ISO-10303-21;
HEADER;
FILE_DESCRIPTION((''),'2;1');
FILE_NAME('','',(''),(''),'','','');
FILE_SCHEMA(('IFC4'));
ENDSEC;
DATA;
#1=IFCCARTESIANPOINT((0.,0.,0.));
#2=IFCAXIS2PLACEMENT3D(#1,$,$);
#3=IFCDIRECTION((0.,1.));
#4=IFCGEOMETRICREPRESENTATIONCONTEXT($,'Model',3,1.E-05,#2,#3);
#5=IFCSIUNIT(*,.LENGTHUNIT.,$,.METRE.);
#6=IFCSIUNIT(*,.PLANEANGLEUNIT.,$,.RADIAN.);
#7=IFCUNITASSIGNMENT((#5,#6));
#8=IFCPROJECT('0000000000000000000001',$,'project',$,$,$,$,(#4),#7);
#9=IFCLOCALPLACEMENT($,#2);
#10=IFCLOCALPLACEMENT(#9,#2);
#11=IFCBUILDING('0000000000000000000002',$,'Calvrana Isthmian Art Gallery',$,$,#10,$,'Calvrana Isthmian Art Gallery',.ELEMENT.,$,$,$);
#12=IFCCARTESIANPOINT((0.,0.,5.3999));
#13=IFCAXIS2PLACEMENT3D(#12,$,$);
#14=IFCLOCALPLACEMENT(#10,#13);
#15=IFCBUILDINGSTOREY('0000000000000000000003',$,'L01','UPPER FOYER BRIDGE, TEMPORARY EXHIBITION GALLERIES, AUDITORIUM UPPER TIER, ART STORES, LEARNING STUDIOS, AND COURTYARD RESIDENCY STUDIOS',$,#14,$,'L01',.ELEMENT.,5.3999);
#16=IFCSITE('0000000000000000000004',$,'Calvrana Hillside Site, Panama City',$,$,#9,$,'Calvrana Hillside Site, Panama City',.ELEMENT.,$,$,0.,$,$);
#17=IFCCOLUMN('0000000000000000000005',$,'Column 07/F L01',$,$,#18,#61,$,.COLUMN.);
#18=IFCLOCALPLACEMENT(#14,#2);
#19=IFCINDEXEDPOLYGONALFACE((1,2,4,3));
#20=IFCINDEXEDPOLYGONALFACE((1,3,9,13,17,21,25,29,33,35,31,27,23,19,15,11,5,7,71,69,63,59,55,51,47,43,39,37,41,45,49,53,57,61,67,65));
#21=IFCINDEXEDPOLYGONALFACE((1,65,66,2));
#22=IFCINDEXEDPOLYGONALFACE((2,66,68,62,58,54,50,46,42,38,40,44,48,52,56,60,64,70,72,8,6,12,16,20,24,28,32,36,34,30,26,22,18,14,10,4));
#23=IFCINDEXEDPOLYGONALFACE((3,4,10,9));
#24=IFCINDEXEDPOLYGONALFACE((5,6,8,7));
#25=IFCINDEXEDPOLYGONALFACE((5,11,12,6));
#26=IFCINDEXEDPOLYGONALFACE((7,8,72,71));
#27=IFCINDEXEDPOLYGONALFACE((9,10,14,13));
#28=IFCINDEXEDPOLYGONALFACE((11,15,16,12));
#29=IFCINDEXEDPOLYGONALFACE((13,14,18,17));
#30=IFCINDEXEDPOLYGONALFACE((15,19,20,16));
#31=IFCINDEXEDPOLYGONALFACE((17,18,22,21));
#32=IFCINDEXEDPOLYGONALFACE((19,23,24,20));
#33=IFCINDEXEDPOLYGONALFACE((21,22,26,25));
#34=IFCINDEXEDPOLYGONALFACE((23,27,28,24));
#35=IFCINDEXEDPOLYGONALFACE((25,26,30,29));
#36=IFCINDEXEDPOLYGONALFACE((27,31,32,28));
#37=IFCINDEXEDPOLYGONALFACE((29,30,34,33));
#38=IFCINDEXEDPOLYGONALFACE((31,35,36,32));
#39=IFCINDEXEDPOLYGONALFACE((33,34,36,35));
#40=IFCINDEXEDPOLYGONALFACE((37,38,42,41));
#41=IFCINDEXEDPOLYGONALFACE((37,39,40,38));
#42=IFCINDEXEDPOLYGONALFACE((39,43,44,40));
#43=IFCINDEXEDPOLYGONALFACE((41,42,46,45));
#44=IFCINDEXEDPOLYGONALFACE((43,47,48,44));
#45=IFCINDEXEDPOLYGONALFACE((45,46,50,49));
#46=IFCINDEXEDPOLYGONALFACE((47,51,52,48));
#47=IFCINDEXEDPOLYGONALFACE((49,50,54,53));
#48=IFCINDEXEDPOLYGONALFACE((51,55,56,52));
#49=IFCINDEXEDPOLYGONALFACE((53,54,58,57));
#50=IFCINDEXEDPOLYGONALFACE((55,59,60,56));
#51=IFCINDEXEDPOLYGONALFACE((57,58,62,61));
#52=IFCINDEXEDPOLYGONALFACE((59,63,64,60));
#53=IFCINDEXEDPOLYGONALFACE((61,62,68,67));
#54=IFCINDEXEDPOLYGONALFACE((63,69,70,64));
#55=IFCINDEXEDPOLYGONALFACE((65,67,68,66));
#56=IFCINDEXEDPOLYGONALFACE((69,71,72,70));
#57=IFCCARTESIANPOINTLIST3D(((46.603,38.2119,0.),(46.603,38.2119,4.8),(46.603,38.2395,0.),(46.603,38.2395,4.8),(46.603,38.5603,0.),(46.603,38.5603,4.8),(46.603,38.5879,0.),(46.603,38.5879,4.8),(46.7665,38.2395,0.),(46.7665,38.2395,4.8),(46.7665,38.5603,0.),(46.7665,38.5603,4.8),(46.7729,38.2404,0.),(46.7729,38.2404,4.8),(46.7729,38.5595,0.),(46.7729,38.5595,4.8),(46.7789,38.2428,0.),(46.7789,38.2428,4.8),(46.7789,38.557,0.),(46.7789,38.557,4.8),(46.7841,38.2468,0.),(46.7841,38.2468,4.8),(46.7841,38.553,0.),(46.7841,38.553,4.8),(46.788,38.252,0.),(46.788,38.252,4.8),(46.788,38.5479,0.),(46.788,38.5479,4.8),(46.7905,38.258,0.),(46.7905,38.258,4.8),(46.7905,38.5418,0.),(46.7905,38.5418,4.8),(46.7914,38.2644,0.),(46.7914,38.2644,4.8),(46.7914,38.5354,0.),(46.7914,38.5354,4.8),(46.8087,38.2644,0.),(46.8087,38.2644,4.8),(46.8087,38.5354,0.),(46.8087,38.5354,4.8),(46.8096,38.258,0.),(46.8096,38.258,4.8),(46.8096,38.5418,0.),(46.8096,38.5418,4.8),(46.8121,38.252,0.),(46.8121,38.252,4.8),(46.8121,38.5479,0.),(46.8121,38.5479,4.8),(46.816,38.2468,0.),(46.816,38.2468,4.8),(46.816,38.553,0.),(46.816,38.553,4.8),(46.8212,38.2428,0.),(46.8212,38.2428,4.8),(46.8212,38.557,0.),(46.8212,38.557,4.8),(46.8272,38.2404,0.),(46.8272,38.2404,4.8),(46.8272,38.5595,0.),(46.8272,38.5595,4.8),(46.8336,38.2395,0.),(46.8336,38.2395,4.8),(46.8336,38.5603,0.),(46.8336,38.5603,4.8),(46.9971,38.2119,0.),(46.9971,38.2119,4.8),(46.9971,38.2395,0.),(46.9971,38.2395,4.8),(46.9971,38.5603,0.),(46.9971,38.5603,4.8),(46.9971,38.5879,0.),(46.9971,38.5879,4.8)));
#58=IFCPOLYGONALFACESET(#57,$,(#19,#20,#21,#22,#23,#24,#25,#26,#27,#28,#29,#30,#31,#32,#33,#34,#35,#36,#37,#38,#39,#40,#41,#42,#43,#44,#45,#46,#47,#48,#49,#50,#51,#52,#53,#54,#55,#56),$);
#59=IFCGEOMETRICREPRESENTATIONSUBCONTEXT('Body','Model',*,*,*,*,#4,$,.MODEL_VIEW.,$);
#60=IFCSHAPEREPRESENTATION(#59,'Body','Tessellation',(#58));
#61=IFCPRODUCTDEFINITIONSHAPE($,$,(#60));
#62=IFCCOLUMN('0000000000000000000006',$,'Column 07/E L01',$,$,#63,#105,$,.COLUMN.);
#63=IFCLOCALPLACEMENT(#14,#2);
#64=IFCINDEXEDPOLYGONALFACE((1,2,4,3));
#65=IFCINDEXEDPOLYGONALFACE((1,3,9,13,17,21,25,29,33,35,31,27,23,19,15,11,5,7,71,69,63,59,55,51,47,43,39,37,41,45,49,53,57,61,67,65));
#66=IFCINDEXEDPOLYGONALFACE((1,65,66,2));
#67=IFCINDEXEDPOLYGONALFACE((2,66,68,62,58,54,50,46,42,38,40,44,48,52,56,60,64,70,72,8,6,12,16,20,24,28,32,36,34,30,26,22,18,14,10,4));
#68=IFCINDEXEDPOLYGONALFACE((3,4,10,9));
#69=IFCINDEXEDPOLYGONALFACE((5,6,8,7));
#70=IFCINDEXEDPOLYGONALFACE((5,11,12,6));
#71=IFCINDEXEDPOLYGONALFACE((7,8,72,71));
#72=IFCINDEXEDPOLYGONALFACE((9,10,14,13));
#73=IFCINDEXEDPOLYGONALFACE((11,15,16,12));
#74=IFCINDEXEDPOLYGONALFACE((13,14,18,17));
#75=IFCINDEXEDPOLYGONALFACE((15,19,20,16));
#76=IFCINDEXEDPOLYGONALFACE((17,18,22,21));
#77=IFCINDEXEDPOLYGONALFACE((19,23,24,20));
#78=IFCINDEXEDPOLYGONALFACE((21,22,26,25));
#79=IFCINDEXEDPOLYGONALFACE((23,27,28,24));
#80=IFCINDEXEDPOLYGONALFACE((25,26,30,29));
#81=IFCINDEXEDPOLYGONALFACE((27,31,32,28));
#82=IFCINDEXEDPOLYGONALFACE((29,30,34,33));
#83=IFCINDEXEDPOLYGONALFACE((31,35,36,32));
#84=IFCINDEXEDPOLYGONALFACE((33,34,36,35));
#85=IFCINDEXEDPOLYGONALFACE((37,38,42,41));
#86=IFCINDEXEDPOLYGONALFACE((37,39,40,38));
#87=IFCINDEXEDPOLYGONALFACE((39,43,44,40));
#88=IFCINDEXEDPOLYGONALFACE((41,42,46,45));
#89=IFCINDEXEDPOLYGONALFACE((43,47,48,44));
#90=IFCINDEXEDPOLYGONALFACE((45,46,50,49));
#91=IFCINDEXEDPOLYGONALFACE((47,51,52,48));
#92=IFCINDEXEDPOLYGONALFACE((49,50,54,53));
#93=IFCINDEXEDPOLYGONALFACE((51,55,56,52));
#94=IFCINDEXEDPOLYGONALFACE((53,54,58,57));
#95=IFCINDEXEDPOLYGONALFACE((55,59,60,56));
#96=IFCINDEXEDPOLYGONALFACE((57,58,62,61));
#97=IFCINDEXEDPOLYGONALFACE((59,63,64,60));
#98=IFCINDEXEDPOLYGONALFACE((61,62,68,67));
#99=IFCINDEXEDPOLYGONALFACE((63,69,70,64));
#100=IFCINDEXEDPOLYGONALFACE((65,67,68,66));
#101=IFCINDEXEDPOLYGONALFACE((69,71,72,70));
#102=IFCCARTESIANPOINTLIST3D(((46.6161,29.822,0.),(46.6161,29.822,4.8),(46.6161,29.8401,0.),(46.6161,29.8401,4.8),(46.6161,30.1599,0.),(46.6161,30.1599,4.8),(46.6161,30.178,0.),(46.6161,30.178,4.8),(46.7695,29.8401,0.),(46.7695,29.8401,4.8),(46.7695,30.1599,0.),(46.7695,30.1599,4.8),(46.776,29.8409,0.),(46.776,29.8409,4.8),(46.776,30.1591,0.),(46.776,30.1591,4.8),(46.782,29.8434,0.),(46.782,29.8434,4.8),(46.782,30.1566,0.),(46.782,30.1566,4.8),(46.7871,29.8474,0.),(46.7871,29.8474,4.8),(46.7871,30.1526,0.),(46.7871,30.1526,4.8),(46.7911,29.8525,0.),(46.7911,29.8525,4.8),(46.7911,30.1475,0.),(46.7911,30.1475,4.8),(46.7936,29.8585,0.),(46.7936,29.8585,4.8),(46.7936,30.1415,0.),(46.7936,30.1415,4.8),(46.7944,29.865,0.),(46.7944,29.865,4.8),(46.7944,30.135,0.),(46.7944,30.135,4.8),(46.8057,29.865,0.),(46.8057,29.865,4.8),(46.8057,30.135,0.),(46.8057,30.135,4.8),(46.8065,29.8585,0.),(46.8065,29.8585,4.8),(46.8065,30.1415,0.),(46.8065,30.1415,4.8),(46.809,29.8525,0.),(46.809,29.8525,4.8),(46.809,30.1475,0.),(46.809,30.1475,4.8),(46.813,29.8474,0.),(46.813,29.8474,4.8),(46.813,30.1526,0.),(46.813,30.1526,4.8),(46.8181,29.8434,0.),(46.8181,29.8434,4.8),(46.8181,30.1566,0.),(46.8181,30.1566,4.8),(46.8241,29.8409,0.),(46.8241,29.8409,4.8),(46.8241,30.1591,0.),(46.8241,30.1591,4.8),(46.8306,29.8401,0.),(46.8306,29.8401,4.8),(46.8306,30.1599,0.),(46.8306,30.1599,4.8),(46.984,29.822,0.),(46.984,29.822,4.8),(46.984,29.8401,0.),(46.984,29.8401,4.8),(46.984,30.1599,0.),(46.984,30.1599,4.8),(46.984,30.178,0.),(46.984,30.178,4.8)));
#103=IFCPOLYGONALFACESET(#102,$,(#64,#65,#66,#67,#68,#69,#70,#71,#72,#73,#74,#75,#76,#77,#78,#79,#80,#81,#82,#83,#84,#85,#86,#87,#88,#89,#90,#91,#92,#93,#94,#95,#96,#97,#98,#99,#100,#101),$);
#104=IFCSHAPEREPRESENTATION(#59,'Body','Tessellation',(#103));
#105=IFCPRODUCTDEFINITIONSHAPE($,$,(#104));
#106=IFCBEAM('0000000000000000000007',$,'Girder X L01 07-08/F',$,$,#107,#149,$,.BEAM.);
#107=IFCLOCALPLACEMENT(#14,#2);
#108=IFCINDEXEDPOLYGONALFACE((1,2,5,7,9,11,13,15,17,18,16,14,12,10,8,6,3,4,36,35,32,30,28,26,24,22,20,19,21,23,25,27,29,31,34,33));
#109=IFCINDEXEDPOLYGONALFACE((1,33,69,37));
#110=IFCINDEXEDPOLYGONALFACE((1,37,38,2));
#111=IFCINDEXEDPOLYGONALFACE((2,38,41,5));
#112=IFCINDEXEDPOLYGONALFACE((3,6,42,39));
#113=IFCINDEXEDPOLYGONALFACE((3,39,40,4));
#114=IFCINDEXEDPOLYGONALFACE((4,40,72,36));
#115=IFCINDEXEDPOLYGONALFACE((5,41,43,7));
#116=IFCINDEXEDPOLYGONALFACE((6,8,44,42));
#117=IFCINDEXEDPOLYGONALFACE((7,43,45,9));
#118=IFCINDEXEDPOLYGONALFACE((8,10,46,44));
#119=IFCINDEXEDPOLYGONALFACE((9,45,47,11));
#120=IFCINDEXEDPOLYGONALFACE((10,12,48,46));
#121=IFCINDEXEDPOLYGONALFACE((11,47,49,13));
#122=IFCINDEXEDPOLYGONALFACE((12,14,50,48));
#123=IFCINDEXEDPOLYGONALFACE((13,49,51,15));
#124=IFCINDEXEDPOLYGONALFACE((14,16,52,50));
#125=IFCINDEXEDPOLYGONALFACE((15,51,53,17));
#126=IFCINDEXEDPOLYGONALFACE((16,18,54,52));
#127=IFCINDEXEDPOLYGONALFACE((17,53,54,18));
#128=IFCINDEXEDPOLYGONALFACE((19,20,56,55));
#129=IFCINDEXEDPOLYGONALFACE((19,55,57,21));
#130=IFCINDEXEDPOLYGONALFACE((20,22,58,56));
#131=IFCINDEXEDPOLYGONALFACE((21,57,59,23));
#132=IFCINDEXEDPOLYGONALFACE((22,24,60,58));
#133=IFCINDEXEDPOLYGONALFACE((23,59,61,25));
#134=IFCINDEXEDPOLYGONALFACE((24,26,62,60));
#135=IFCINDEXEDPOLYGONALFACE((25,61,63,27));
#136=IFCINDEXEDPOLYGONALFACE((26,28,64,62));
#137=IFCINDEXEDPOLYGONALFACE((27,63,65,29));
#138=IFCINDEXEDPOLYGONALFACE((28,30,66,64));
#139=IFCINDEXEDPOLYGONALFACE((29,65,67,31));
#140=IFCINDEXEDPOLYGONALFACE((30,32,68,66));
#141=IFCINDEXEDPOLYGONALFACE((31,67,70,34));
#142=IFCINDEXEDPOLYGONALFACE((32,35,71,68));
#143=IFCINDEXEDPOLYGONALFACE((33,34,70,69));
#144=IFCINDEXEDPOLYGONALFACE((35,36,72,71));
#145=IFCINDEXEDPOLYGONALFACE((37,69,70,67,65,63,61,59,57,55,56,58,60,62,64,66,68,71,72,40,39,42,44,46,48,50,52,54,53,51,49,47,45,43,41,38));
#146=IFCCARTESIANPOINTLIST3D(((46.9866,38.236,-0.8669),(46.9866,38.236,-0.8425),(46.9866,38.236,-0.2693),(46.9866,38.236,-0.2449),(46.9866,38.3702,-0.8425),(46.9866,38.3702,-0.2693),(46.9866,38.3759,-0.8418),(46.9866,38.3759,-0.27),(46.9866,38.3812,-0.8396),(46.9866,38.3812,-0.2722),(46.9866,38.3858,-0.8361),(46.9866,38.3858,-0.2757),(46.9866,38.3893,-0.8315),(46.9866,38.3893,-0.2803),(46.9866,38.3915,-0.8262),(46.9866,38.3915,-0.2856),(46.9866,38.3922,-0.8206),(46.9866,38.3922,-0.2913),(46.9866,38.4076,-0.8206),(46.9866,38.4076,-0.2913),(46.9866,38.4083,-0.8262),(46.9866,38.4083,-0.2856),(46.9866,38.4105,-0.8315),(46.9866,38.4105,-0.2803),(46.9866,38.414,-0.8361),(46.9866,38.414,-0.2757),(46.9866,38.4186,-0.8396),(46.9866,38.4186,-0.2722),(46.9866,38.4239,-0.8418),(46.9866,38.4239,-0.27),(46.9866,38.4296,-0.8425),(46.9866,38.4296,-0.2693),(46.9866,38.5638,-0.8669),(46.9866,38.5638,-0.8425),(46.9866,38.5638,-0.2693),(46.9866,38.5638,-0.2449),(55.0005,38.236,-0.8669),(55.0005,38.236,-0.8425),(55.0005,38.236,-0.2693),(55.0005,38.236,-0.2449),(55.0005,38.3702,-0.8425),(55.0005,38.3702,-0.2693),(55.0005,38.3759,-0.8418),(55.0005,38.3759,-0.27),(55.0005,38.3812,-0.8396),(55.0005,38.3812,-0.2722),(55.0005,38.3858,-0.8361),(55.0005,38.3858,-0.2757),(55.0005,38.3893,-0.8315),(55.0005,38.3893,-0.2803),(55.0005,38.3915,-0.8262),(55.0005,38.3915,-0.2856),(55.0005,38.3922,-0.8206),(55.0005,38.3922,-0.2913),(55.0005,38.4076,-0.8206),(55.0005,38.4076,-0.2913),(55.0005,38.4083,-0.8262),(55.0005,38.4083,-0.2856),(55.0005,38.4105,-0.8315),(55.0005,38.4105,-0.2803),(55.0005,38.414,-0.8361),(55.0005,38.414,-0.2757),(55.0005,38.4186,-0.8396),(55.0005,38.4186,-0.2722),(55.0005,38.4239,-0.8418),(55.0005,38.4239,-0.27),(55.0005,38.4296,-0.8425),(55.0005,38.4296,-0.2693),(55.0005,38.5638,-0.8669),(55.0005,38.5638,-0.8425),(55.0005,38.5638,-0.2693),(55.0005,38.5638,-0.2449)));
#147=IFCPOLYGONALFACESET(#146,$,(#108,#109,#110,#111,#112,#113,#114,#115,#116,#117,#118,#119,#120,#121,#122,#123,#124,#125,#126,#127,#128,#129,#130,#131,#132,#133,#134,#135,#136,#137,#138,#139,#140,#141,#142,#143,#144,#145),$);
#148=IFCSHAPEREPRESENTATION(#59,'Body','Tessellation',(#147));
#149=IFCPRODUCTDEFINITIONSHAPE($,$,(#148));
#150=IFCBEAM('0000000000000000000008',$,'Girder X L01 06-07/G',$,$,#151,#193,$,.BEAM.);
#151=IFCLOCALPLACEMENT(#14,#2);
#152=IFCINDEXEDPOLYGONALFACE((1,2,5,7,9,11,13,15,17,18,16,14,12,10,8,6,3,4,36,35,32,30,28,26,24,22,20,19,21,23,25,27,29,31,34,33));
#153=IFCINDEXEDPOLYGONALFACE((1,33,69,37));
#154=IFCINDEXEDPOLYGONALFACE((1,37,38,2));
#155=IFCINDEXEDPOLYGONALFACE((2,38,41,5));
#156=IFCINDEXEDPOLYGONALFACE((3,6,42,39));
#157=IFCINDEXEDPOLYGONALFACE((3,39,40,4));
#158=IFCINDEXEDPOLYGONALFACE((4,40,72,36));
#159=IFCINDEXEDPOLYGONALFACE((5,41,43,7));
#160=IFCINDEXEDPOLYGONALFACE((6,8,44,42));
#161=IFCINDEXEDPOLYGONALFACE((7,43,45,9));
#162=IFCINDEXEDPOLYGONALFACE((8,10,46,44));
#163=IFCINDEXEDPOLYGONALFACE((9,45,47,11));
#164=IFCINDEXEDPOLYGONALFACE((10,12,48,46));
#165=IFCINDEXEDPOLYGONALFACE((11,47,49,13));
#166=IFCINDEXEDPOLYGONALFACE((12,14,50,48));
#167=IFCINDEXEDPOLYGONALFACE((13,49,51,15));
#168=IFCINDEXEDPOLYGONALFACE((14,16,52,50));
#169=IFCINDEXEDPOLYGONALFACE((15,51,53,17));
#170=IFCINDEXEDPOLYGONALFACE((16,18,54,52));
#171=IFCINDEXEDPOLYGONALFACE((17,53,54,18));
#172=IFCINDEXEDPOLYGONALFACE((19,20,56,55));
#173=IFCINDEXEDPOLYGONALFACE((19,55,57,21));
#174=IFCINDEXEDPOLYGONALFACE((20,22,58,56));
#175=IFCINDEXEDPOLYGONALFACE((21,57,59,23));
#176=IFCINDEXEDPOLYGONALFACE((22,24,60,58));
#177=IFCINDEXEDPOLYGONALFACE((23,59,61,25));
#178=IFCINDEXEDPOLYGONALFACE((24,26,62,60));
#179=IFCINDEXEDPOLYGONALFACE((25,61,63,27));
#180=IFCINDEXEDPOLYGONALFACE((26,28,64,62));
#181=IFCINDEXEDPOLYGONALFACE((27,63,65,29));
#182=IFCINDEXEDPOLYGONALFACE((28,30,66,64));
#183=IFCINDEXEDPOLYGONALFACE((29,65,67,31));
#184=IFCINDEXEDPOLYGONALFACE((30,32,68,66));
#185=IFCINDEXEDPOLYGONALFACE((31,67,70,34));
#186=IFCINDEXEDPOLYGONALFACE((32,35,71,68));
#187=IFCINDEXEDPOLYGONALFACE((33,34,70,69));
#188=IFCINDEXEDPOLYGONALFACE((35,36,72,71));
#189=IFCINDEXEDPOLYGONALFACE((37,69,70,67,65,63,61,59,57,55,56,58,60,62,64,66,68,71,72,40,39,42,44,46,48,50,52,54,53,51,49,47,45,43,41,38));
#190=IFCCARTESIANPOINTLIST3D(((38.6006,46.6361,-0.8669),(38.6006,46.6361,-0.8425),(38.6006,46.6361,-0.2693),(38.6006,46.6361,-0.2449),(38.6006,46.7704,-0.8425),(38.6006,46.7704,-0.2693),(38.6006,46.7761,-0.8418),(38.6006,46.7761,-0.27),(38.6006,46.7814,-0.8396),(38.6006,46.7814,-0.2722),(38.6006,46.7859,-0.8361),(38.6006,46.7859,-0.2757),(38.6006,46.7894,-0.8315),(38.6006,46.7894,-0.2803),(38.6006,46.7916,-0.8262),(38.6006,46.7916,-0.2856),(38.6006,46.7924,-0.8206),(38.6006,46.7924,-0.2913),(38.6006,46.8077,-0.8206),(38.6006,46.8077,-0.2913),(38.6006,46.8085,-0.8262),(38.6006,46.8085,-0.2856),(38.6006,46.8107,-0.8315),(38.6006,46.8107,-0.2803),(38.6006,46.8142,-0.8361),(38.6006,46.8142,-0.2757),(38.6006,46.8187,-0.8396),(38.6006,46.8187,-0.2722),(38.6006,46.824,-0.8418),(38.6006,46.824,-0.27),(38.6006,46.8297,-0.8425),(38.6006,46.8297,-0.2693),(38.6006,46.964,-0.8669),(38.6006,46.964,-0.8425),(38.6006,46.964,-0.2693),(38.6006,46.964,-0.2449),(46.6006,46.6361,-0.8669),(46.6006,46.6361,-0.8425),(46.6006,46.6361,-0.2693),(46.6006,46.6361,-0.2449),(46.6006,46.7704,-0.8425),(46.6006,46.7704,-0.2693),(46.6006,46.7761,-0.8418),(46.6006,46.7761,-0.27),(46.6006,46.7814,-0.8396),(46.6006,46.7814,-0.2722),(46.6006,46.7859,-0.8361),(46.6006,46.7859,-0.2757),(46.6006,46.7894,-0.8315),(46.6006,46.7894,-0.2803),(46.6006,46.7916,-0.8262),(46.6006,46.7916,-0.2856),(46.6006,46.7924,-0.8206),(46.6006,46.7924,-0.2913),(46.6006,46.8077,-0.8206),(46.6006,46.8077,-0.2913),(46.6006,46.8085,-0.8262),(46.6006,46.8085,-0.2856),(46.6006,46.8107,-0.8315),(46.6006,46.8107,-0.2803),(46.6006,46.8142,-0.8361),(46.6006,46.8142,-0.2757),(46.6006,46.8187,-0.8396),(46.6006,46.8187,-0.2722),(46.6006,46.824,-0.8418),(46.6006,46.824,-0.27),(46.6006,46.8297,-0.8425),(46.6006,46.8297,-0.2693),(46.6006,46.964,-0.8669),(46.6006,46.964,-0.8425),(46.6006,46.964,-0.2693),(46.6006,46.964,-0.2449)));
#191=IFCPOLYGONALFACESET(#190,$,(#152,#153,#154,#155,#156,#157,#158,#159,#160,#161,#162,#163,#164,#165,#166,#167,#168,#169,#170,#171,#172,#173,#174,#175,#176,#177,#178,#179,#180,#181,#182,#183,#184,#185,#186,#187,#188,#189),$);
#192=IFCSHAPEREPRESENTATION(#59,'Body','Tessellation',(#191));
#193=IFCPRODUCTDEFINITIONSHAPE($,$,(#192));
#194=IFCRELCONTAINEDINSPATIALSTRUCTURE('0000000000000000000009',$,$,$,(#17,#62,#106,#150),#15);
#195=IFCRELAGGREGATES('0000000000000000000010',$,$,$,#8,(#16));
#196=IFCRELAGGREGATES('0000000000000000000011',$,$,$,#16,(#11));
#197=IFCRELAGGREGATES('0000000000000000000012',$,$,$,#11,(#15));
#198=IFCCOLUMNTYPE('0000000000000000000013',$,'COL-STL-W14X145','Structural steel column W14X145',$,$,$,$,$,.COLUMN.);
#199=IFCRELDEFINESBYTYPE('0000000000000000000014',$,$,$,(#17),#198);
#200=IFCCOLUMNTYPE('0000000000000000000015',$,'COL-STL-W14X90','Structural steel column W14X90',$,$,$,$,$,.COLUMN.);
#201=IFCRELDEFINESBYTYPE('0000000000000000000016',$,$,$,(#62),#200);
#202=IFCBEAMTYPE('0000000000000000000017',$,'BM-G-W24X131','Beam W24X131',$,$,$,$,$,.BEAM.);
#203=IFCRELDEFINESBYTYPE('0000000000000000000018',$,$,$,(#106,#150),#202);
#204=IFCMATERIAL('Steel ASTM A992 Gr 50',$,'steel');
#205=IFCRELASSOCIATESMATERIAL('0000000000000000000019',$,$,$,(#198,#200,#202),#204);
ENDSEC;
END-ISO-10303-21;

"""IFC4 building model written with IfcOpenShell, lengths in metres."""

from ifc_helpers import new_model, si_unit, direction, frame, origin, origin_2d, place, context, subcontext, project, spatial, i_section, extrude, material, material_profile, profile_set, type_object, element, save


model = new_model("IFC4")

# Units and contexts
model_context = context("Model", 3, precision=1e-05, world=origin(), true_north=direction((0.0, 1.0)))
body_context = subcontext(model_context, "Body", "Model", "MODEL_VIEW")
ifc_project = project(units=[si_unit("LENGTHUNIT", "METRE"), si_unit("PLANEANGLEUNIT", "RADIAN")], contexts=[model_context])

# Site, building, storey
site_placement = place(None, origin())
site = spatial("IfcSite", under=ifc_project, at=site_placement, Name="Calvrana Hillside Site, Panama City", LongName="Calvrana Hillside Site, Panama City", CompositionType="ELEMENT", RefElevation=0.0)
building_placement = place(site_placement, origin())
building = spatial("IfcBuilding", under=site, at=building_placement, Name="Calvrana Isthmian Art Gallery", LongName="Calvrana Isthmian Art Gallery", CompositionType="ELEMENT")
storey_placement = place(building_placement, frame((0.0, 0.0, 5.3999)))
storey = spatial("IfcBuildingStorey", under=building, at=storey_placement, Name="L01", Description="UPPER FOYER BRIDGE, TEMPORARY EXHIBITION GALLERIES, AUDITORIUM UPPER TIER, ART STORES, LEARNING STUDIOS, AND COURTYARD RESIDENCY STUDIOS", LongName="L01", CompositionType="ELEMENT", Elevation=5.3999)

# Columns
ifc_material_1 = material(Name="Steel ASTM A992 Gr 50", Category="steel")
ifc_material_profile_1 = material_profile(ifc_material_1, i_section(OverallWidth=0.394, OverallDepth=0.376, WebThickness=0.0173, FlangeThickness=0.0276, FilletRadius=0.0249, at=origin_2d()), Name="W14X145")
ifc_profile_set_1 = profile_set([ifc_material_profile_1], Name="Steel ASTM A992 Gr 50")
column_type_1 = type_object("IfcColumnType", Name="COL-STL-W14X145", Description="Structural steel column W14X145", PredefinedType="COLUMN", material=ifc_profile_set_1)
column_1_placement = place(storey_placement, frame((46.8, 38.3999, 0.0), z_axis=(0.0, 0.0, 1.0), x_axis=(1.0, 0.0, 0.0)))
element("IfcColumn", 1, at=column_1_placement, inside=storey, type_object=column_type_1, Name="Column 07/F L01", PredefinedType="COLUMN", context=body_context, shape_type="SweptSolid", body=[
    extrude(i_section(OverallWidth=0.394, OverallDepth=0.376, WebThickness=0.0173, FlangeThickness=0.0276, FilletRadius=0.0249, at=origin_2d()), origin(), (0.0, 0.0, 1.0), 4.8),
])
ifc_material_profile_2 = material_profile(ifc_material_1, i_section(OverallWidth=0.3679, OverallDepth=0.356, WebThickness=0.0112, FlangeThickness=0.0181, FilletRadius=0.0249, at=origin_2d()), Name="W14X90")
ifc_profile_set_2 = profile_set([ifc_material_profile_2], Name="Steel ASTM A992 Gr 50")
column_type_2 = type_object("IfcColumnType", Name="COL-STL-W14X90", Description="Structural steel column W14X90", PredefinedType="COLUMN", material=ifc_profile_set_2)
column_2_placement = place(storey_placement, frame((46.8, 30.0, 0.0), z_axis=(0.0, 0.0, 1.0), x_axis=(1.0, 0.0, 0.0)))
element("IfcColumn", 2, at=column_2_placement, inside=storey, type_object=column_type_2, Name="Column 07/E L01", PredefinedType="COLUMN", context=body_context, shape_type="SweptSolid", body=[
    extrude(i_section(OverallWidth=0.3679, OverallDepth=0.356, WebThickness=0.0112, FlangeThickness=0.0181, FilletRadius=0.0249, at=origin_2d()), origin(), (0.0, 0.0, 1.0), 4.8),
])

# Beams
ifc_material_profile_3 = material_profile(ifc_material_1, i_section(OverallWidth=0.3279, OverallDepth=0.6221, WebThickness=0.0154, FlangeThickness=0.0244, FilletRadius=0.022, at=origin_2d()), Name="W24X131")
ifc_profile_set_3 = profile_set([ifc_material_profile_3], Name="Steel ASTM A992 Gr 50")
beam_type_1 = type_object("IfcBeamType", Name="BM-G-W24X131", Description="Beam W24X131", PredefinedType="BEAM", material=ifc_profile_set_3)
beam_1_placement = place(storey_placement, frame((46.9866, 38.3999, -0.5559), z_axis=(1.0, 0.0, 0.0), x_axis=(0.0, 1.0, 0.0)))
element("IfcBeam", 3, at=beam_1_placement, inside=storey, type_object=beam_type_1, Name="Girder X L01 07-08/F", PredefinedType="BEAM", context=body_context, shape_type="SweptSolid", body=[
    extrude(i_section(OverallWidth=0.3279, OverallDepth=0.6221, WebThickness=0.0154, FlangeThickness=0.0244, FilletRadius=0.022, at=origin_2d()), origin(), (0.0, 0.0, 1.0), 8.0139),
])
beam_2_placement = place(storey_placement, frame((38.6006, 46.8, -0.5559), z_axis=(1.0, 0.0, 0.0), x_axis=(0.0, 1.0, 0.0)))
element("IfcBeam", 4, at=beam_2_placement, inside=storey, type_object=beam_type_1, Name="Girder X L01 06-07/G", PredefinedType="BEAM", context=body_context, shape_type="SweptSolid", body=[
    extrude(i_section(OverallWidth=0.3279, OverallDepth=0.6221, WebThickness=0.0154, FlangeThickness=0.0244, FilletRadius=0.022, at=origin_2d()), origin(), (0.0, 0.0, 1.0), 8.0),
])

save(model, "model.ifc")
